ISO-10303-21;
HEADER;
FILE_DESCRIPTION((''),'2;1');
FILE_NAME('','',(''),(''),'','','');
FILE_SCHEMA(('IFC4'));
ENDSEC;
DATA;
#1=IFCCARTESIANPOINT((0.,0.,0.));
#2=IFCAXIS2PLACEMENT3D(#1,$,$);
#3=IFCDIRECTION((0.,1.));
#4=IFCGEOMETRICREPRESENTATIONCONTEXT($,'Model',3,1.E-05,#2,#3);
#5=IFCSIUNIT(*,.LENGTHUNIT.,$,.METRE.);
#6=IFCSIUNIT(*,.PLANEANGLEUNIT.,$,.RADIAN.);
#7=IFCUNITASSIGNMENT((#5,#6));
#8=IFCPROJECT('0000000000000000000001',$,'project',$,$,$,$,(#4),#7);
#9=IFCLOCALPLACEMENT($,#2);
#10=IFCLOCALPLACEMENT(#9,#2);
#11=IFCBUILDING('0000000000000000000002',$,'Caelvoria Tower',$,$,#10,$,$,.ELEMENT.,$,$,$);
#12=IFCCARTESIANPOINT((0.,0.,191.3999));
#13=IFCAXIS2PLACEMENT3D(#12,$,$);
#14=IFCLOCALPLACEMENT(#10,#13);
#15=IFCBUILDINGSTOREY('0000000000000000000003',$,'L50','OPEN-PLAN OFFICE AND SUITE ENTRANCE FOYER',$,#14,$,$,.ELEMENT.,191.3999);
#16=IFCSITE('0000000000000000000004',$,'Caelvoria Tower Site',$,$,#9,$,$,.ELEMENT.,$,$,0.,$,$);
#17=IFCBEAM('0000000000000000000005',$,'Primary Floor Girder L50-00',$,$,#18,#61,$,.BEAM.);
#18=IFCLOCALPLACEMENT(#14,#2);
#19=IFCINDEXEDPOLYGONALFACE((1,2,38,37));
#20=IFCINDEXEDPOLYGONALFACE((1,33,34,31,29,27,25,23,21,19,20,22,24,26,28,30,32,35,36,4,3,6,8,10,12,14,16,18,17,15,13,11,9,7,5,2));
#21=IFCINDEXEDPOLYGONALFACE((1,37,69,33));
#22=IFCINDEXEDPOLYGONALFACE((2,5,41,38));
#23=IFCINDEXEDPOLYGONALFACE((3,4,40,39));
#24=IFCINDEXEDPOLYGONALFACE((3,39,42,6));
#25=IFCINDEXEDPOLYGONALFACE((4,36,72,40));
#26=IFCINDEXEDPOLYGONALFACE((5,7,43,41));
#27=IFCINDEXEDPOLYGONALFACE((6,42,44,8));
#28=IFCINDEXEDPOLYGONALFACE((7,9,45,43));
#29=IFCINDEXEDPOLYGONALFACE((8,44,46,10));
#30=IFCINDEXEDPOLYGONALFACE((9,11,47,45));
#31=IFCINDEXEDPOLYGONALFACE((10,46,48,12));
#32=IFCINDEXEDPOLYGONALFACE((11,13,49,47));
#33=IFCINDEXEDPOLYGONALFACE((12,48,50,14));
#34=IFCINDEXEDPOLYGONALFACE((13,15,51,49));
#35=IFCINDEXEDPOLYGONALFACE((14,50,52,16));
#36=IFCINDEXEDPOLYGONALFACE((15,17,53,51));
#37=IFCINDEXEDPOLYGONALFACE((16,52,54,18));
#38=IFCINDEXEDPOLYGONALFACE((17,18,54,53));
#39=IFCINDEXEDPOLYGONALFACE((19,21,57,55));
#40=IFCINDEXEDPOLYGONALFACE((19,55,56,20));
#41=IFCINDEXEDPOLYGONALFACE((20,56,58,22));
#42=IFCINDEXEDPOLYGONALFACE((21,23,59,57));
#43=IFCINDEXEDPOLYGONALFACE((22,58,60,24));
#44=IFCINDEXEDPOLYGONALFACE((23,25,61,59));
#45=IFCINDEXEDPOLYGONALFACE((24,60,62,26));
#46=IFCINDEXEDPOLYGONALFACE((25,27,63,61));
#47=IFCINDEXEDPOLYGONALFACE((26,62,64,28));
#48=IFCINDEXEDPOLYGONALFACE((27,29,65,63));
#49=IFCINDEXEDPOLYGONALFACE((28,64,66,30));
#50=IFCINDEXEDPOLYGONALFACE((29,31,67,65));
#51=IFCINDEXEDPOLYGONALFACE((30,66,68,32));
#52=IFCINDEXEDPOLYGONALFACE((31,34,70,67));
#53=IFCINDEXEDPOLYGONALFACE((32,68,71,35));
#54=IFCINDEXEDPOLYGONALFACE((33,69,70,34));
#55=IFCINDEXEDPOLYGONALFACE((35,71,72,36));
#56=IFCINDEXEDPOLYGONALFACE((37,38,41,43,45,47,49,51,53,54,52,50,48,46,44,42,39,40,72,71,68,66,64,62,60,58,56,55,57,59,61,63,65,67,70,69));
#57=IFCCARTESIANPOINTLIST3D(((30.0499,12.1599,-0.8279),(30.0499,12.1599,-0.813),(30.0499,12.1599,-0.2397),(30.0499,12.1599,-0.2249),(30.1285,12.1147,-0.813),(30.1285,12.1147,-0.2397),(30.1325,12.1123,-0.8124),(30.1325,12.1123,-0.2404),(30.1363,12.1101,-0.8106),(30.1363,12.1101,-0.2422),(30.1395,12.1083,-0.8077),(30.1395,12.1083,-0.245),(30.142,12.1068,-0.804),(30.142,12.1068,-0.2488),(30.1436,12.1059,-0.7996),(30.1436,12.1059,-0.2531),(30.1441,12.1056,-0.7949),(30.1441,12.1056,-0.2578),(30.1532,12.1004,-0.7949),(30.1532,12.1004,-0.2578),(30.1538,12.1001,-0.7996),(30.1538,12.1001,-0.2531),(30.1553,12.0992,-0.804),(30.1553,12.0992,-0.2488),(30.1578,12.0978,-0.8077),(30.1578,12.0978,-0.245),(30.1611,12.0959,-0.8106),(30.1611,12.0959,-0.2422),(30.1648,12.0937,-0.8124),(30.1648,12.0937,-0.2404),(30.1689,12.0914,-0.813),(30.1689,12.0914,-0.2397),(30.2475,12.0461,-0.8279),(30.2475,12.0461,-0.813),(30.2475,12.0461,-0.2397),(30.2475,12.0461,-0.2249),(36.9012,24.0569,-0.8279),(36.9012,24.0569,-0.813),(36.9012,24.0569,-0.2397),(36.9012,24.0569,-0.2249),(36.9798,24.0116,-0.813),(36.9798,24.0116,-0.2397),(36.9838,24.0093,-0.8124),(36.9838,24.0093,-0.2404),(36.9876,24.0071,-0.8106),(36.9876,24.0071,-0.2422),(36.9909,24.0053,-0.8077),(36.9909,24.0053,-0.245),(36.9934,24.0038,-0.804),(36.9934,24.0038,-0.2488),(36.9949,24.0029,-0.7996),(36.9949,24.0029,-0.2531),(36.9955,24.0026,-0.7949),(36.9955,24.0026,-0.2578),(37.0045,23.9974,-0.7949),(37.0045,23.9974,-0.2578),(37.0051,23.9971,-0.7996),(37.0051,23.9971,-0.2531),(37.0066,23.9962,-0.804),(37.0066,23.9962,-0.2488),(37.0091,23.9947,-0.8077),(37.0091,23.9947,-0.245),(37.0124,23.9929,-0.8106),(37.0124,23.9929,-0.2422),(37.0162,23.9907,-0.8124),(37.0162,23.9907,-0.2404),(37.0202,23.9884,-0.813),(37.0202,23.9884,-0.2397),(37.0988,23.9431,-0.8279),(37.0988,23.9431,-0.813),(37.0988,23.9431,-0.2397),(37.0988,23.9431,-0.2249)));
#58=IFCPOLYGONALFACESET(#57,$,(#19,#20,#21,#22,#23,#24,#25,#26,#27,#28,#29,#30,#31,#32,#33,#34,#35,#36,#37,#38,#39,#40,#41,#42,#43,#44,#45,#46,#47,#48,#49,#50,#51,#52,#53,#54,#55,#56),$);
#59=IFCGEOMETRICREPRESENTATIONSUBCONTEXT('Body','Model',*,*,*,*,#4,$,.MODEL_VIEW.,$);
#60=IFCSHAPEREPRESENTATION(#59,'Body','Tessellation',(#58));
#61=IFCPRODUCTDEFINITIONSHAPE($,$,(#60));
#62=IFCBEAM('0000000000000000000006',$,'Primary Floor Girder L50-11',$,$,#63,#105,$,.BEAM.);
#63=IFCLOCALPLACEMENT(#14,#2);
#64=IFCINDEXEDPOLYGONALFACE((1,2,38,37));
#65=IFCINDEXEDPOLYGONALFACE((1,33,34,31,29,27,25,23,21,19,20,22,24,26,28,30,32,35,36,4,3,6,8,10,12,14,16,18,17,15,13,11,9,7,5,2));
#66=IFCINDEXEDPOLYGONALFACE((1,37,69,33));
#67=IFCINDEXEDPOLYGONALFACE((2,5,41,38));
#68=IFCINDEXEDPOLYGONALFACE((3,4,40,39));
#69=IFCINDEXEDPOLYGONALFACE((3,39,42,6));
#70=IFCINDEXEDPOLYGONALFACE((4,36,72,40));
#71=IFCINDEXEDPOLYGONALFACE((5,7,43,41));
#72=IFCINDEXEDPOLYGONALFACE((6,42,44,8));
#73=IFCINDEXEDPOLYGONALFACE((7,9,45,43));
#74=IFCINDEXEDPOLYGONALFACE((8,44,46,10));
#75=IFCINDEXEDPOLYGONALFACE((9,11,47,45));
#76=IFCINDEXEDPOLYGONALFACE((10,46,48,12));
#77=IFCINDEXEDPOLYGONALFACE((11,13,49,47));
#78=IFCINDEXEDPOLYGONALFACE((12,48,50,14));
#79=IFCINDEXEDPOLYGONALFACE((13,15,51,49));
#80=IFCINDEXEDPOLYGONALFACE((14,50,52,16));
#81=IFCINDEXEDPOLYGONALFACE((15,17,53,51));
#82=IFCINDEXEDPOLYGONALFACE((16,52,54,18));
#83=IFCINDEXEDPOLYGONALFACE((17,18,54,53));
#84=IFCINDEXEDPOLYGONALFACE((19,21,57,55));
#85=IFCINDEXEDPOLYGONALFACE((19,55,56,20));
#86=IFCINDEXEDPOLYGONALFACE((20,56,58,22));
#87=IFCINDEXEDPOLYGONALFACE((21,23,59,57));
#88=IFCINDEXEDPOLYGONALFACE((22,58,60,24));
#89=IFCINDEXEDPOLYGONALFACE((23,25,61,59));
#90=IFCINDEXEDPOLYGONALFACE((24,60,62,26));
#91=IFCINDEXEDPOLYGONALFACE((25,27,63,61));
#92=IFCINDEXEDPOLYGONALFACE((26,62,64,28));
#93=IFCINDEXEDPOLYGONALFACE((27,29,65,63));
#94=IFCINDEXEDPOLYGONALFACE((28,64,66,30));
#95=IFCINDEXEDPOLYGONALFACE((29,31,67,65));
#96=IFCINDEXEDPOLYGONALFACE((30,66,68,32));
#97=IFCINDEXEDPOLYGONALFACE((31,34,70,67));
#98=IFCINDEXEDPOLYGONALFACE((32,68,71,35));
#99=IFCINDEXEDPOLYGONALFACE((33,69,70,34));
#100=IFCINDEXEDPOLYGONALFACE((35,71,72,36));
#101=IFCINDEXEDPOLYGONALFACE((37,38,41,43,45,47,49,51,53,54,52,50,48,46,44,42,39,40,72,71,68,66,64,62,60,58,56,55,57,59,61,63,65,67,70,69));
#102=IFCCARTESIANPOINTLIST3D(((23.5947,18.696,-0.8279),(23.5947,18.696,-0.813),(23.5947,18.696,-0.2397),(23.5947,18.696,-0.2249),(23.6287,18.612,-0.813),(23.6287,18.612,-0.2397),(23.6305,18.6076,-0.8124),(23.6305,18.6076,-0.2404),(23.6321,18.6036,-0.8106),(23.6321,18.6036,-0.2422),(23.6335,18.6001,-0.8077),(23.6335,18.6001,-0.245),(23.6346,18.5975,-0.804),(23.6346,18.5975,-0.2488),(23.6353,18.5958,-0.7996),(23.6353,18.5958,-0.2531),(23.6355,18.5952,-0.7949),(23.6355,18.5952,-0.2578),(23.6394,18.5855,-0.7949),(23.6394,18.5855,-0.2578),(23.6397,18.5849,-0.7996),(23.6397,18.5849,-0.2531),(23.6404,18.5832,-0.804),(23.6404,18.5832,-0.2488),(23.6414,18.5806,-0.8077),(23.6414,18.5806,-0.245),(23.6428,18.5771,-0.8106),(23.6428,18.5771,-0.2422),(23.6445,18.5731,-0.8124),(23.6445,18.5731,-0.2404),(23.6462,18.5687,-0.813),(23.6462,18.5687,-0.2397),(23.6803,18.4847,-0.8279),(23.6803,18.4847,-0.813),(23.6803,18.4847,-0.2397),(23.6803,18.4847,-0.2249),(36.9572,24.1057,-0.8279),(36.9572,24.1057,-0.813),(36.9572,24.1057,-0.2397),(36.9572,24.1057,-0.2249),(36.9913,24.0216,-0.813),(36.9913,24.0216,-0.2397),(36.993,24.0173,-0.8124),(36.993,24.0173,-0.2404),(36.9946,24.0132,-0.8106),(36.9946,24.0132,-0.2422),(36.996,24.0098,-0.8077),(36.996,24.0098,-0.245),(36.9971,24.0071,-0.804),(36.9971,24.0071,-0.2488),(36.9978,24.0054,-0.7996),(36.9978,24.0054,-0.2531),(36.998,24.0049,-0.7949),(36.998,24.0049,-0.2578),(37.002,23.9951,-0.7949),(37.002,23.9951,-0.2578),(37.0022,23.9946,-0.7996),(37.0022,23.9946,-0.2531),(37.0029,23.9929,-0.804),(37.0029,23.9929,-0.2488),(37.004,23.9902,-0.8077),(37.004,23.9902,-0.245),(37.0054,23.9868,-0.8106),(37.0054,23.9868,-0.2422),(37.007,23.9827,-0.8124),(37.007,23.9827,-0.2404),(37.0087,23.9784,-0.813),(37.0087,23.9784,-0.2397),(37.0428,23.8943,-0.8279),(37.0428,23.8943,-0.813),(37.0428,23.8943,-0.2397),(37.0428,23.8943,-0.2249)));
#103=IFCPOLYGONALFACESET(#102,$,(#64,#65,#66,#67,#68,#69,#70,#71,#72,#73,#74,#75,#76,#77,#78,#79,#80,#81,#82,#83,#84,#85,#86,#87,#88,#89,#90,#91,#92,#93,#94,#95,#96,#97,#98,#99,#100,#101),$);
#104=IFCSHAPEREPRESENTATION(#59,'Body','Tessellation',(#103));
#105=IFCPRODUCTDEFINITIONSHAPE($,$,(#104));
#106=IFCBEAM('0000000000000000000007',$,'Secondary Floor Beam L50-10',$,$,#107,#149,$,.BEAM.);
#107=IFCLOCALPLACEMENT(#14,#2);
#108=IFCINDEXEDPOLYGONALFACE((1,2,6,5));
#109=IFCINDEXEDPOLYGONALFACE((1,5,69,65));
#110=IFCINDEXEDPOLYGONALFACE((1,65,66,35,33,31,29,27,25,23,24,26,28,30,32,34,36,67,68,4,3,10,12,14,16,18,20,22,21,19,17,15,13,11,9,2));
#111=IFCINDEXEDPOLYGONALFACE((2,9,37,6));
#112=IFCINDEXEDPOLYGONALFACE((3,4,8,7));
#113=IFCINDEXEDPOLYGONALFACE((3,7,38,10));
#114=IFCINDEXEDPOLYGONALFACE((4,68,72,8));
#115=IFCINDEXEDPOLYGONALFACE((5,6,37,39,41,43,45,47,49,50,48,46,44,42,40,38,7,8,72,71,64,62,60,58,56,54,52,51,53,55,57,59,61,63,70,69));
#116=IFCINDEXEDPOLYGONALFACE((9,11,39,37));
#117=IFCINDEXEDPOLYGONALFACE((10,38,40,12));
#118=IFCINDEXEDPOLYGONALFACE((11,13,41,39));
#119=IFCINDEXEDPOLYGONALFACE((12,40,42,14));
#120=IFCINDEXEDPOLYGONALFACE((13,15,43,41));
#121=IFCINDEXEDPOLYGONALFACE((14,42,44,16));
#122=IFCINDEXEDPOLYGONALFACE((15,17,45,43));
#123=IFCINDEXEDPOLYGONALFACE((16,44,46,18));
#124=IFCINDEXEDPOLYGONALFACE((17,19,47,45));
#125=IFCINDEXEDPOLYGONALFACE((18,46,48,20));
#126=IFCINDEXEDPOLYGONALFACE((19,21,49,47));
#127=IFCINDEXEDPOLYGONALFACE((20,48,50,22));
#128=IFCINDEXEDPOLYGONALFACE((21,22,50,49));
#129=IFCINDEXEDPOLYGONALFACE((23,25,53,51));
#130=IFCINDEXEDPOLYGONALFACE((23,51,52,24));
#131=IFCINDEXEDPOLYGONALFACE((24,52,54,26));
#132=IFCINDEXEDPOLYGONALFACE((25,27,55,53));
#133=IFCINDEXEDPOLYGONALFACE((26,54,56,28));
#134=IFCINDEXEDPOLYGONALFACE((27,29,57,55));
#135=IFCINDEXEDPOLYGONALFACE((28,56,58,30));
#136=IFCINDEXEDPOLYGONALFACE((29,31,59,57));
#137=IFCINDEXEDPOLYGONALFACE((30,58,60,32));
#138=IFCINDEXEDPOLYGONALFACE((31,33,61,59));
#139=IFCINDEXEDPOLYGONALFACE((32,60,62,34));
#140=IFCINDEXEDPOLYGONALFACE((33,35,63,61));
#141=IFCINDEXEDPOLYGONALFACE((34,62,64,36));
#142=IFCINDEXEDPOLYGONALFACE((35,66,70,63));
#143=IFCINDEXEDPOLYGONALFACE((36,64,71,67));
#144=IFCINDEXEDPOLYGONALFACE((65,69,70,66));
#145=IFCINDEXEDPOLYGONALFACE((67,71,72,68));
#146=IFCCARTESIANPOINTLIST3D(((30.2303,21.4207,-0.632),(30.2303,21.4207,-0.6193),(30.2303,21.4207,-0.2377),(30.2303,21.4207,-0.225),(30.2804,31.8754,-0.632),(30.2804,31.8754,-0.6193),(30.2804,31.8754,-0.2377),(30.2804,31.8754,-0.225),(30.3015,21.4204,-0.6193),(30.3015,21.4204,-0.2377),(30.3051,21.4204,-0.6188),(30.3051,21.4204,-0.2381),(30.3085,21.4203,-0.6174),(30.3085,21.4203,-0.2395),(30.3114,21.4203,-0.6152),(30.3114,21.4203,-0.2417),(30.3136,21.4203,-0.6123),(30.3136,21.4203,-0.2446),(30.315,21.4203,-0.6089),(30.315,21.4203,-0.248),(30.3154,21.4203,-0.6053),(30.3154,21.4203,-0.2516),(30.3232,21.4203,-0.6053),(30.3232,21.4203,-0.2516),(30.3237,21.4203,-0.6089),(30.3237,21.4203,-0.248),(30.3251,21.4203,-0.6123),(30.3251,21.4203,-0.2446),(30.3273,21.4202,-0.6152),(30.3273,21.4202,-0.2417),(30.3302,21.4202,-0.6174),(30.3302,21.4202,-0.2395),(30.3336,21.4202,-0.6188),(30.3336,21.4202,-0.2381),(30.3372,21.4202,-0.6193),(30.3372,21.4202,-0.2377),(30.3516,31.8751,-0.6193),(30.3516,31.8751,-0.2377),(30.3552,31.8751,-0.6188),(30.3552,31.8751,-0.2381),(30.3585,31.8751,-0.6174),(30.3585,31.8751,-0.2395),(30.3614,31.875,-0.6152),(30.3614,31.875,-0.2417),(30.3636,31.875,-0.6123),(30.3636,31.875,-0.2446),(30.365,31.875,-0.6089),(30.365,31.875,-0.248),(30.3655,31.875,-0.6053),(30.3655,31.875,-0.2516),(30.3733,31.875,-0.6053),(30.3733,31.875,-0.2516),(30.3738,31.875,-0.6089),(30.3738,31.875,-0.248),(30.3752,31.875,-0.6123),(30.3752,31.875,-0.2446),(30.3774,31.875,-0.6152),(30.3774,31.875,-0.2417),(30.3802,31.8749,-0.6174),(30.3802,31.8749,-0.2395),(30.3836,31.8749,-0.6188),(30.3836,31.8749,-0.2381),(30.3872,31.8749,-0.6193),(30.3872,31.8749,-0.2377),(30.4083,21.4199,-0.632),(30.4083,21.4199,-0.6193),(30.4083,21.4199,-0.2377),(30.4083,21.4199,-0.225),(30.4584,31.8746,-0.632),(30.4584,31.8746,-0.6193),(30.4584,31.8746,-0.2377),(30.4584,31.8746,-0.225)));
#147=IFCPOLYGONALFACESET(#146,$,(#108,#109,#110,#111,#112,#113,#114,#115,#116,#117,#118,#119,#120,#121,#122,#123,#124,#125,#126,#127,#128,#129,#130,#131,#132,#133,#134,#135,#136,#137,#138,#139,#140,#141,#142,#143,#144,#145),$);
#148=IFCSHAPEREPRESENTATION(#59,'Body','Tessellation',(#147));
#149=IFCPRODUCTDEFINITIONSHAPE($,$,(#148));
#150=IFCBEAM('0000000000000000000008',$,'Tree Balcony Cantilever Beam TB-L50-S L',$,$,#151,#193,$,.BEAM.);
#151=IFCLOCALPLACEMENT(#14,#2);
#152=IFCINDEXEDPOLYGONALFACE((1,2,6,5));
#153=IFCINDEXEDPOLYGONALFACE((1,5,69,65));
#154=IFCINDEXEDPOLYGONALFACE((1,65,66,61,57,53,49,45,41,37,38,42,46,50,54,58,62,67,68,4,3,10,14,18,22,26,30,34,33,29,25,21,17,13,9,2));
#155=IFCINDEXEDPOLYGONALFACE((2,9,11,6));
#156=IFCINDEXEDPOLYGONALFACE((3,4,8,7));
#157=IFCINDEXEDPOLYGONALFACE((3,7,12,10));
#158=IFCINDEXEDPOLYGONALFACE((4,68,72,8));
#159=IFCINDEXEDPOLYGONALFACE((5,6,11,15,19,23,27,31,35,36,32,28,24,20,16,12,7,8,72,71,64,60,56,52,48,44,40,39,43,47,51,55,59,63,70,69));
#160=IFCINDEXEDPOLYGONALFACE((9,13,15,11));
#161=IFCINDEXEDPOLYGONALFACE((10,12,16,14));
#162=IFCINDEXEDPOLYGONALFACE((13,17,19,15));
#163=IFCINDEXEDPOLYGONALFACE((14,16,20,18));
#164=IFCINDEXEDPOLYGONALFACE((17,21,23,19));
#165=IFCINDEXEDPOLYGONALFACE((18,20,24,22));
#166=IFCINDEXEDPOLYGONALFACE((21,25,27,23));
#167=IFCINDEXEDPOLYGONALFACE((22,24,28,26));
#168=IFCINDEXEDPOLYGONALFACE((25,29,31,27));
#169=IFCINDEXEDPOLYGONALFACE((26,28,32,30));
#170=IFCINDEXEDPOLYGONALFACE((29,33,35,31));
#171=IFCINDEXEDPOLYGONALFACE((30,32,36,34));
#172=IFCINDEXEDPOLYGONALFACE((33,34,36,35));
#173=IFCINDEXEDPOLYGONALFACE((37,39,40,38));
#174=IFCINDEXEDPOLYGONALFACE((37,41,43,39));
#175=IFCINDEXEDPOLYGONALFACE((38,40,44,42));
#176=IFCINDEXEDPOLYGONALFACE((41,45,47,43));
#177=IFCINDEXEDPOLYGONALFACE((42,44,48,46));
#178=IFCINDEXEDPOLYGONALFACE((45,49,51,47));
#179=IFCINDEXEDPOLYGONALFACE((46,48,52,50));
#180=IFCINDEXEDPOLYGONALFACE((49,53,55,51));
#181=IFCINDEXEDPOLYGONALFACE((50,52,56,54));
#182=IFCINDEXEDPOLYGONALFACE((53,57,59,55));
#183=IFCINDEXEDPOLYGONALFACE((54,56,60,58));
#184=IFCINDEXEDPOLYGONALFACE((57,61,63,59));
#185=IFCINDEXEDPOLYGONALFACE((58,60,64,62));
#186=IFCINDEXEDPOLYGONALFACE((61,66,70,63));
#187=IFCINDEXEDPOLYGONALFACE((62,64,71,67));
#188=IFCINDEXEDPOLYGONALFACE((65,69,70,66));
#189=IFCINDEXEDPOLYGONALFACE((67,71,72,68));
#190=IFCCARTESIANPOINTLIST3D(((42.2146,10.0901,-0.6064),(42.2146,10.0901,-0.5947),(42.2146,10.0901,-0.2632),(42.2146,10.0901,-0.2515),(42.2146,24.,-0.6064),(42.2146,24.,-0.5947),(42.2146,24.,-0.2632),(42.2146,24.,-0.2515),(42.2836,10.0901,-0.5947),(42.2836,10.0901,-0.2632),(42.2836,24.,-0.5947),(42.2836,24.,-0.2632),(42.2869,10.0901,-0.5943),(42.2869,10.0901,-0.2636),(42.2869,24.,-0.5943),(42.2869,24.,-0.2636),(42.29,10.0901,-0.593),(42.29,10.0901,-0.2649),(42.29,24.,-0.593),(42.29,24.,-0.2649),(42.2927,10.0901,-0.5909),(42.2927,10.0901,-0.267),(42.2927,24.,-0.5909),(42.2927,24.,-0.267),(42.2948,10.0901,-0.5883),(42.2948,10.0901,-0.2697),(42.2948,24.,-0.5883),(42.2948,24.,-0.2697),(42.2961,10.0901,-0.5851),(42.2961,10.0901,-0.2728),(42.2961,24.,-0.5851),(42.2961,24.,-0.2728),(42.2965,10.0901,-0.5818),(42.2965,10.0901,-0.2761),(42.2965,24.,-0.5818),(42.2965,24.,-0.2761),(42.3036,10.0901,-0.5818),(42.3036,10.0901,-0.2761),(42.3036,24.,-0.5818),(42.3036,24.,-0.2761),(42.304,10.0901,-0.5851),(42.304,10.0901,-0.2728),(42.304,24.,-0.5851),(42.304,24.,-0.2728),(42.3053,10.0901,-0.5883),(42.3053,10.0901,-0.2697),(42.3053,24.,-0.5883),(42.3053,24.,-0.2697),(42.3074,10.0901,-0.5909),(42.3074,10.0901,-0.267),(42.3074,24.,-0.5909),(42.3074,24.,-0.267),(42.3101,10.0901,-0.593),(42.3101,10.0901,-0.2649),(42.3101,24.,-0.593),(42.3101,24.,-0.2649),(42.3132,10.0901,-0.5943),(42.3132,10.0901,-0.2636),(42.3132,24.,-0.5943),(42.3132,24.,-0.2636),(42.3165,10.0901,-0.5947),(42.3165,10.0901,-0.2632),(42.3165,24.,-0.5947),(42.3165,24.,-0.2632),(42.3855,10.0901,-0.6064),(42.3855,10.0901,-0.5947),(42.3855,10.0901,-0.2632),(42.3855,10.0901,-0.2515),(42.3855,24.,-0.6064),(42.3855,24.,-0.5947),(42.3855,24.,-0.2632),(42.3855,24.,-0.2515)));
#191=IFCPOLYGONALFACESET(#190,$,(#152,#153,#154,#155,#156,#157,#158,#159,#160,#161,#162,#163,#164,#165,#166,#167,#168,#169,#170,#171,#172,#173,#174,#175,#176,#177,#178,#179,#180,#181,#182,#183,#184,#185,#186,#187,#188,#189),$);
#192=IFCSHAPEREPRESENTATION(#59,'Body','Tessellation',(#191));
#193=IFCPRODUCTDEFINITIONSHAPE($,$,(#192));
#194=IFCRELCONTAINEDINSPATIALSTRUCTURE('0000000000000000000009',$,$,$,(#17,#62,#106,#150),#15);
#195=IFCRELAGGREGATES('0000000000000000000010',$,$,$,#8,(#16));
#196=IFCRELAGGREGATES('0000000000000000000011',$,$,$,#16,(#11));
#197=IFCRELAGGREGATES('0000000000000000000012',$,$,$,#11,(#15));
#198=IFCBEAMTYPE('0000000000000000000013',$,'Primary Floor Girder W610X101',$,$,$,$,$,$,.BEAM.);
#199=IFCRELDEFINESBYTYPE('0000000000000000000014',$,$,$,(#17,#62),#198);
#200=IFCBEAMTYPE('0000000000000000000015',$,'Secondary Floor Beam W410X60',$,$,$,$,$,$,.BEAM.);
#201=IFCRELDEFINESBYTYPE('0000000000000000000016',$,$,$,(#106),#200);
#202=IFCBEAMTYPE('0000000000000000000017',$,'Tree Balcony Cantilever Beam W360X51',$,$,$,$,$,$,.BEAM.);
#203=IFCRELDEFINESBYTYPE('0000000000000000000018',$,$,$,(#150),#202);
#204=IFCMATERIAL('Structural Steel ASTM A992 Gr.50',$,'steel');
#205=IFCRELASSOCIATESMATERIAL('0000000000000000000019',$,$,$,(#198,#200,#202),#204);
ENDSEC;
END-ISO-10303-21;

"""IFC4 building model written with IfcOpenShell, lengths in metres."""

from ifc_helpers import new_model, si_unit, direction, frame, origin, origin_2d, place, context, subcontext, project, spatial, i_section, extrude, material, material_profile, profile_set, type_object, element, save


model = new_model("IFC4")

# Units and contexts
model_context = context("Model", 3, precision=1e-05, world=origin(), true_north=direction((0.0, 1.0)))
body_context = subcontext(model_context, "Body", "Model", "MODEL_VIEW")
ifc_project = project(units=[si_unit("LENGTHUNIT", "METRE"), si_unit("PLANEANGLEUNIT", "RADIAN")], contexts=[model_context])

# Site, building, storey
site_placement = place(None, origin())
site = spatial("IfcSite", under=ifc_project, at=site_placement, Name="Caelvoria Tower Site", CompositionType="ELEMENT", RefElevation=0.0)
building_placement = place(site_placement, origin())
building = spatial("IfcBuilding", under=site, at=building_placement, Name="Caelvoria Tower", CompositionType="ELEMENT")
storey_placement = place(building_placement, frame((0.0, 0.0, 191.3999)))
storey = spatial("IfcBuildingStorey", under=building, at=storey_placement, Name="L50", Description="OPEN-PLAN OFFICE AND SUITE ENTRANCE FOYER", CompositionType="ELEMENT", Elevation=191.3999)

# Beams
ifc_material_1 = material(Name="Structural Steel ASTM A992 Gr.50", Category="steel")
ifc_material_profile_1 = material_profile(ifc_material_1, i_section(OverallWidth=0.228, OverallDepth=0.603, WebThickness=0.0105, FlangeThickness=0.0149, FilletRadius=0.0181, at=origin_2d()), Name="Structural Steel ASTM A992 Gr.50")
ifc_profile_set_1 = profile_set([ifc_material_profile_1], Name="W610X101 - Structural Steel ASTM A992 Gr.50")
beam_type_1 = type_object("IfcBeamType", Name="Primary Floor Girder W610X101", PredefinedType="BEAM", material=ifc_profile_set_1)
beam_1_placement = place(storey_placement, frame((37.0, 24.0, -0.5264), z_axis=(-0.499049, -0.866574, 0.0), x_axis=(0.866574, -0.499049, 0.0)))
element("IfcBeam", 1, at=beam_1_placement, inside=storey, type_object=beam_type_1, Name="Primary Floor Girder L50-00", PredefinedType="BEAM", context=body_context, shape_type="SweptSolid", body=[
    extrude(i_section(OverallWidth=0.228, OverallDepth=0.603, WebThickness=0.0105, FlangeThickness=0.0149, FilletRadius=0.0181, at=origin_2d()), origin(), (0.0, 0.0, 1.0), 13.7288),
])
beam_2_placement = place(storey_placement, frame((37.0, 24.0, -0.5264), z_axis=(-0.926922, -0.375253, 0.0), x_axis=(0.375253, -0.926922, 0.0)))
element("IfcBeam", 2, at=beam_2_placement, inside=storey, type_object=beam_type_1, Name="Primary Floor Girder L50-11", PredefinedType="BEAM", context=body_context, shape_type="SweptSolid", body=[
    extrude(i_section(OverallWidth=0.228, OverallDepth=0.603, WebThickness=0.0105, FlangeThickness=0.0149, FilletRadius=0.0181, at=origin_2d()), origin(), (0.0, 0.0, 1.0), 14.416),
])
ifc_material_profile_2 = material_profile(ifc_material_1, i_section(OverallWidth=0.178, OverallDepth=0.407, WebThickness=0.0078, FlangeThickness=0.0127, FilletRadius=0.0139, at=origin_2d()), Name="Structural Steel ASTM A992 Gr.50")
ifc_profile_set_2 = profile_set([ifc_material_profile_2], Name="W410X60 - Structural Steel ASTM A992 Gr.50")
beam_type_2 = type_object("IfcBeamType", Name="Secondary Floor Beam W410X60", PredefinedType="BEAM", material=ifc_profile_set_2)
beam_3_placement = place(storey_placement, frame((30.3694, 31.875, -0.4285), z_axis=(-0.004787, -0.999989, 0.0), x_axis=(0.999989, -0.004787, 0.0)))
element("IfcBeam", 3, at=beam_3_placement, inside=storey, type_object=beam_type_2, Name="Secondary Floor Beam L50-10", PredefinedType="BEAM", context=body_context, shape_type="SweptSolid", body=[
    extrude(i_section(OverallWidth=0.178, OverallDepth=0.407, WebThickness=0.0078, FlangeThickness=0.0127, FilletRadius=0.0139, at=origin_2d()), origin(), (0.0, 0.0, 1.0), 10.4548),
])
ifc_material_profile_3 = material_profile(ifc_material_1, i_section(OverallWidth=0.1709, OverallDepth=0.355, WebThickness=0.0071, FlangeThickness=0.0117, FilletRadius=0.0129, at=origin_2d()), Name="Structural Steel ASTM A992 Gr.50")
ifc_profile_set_3 = profile_set([ifc_material_profile_3], Name="W360X51 - Structural Steel ASTM A992 Gr.50")
beam_type_3 = type_object("IfcBeamType", Name="Tree Balcony Cantilever Beam W360X51", PredefinedType="BEAM", material=ifc_profile_set_3)
beam_4_placement = place(storey_placement, frame((42.3, 24.0, -0.429), z_axis=(0.0, -1.0, 0.0), x_axis=(1.0, 0.0, 0.0)))
element("IfcBeam", 4, at=beam_4_placement, inside=storey, type_object=beam_type_3, Name="Tree Balcony Cantilever Beam TB-L50-S L", PredefinedType="BEAM", context=body_context, shape_type="SweptSolid", body=[
    extrude(i_section(OverallWidth=0.1709, OverallDepth=0.355, WebThickness=0.0071, FlangeThickness=0.0117, FilletRadius=0.0129, at=origin_2d()), origin(), (0.0, 0.0, 1.0), 13.9099),
])

save(model, "model.ifc")
